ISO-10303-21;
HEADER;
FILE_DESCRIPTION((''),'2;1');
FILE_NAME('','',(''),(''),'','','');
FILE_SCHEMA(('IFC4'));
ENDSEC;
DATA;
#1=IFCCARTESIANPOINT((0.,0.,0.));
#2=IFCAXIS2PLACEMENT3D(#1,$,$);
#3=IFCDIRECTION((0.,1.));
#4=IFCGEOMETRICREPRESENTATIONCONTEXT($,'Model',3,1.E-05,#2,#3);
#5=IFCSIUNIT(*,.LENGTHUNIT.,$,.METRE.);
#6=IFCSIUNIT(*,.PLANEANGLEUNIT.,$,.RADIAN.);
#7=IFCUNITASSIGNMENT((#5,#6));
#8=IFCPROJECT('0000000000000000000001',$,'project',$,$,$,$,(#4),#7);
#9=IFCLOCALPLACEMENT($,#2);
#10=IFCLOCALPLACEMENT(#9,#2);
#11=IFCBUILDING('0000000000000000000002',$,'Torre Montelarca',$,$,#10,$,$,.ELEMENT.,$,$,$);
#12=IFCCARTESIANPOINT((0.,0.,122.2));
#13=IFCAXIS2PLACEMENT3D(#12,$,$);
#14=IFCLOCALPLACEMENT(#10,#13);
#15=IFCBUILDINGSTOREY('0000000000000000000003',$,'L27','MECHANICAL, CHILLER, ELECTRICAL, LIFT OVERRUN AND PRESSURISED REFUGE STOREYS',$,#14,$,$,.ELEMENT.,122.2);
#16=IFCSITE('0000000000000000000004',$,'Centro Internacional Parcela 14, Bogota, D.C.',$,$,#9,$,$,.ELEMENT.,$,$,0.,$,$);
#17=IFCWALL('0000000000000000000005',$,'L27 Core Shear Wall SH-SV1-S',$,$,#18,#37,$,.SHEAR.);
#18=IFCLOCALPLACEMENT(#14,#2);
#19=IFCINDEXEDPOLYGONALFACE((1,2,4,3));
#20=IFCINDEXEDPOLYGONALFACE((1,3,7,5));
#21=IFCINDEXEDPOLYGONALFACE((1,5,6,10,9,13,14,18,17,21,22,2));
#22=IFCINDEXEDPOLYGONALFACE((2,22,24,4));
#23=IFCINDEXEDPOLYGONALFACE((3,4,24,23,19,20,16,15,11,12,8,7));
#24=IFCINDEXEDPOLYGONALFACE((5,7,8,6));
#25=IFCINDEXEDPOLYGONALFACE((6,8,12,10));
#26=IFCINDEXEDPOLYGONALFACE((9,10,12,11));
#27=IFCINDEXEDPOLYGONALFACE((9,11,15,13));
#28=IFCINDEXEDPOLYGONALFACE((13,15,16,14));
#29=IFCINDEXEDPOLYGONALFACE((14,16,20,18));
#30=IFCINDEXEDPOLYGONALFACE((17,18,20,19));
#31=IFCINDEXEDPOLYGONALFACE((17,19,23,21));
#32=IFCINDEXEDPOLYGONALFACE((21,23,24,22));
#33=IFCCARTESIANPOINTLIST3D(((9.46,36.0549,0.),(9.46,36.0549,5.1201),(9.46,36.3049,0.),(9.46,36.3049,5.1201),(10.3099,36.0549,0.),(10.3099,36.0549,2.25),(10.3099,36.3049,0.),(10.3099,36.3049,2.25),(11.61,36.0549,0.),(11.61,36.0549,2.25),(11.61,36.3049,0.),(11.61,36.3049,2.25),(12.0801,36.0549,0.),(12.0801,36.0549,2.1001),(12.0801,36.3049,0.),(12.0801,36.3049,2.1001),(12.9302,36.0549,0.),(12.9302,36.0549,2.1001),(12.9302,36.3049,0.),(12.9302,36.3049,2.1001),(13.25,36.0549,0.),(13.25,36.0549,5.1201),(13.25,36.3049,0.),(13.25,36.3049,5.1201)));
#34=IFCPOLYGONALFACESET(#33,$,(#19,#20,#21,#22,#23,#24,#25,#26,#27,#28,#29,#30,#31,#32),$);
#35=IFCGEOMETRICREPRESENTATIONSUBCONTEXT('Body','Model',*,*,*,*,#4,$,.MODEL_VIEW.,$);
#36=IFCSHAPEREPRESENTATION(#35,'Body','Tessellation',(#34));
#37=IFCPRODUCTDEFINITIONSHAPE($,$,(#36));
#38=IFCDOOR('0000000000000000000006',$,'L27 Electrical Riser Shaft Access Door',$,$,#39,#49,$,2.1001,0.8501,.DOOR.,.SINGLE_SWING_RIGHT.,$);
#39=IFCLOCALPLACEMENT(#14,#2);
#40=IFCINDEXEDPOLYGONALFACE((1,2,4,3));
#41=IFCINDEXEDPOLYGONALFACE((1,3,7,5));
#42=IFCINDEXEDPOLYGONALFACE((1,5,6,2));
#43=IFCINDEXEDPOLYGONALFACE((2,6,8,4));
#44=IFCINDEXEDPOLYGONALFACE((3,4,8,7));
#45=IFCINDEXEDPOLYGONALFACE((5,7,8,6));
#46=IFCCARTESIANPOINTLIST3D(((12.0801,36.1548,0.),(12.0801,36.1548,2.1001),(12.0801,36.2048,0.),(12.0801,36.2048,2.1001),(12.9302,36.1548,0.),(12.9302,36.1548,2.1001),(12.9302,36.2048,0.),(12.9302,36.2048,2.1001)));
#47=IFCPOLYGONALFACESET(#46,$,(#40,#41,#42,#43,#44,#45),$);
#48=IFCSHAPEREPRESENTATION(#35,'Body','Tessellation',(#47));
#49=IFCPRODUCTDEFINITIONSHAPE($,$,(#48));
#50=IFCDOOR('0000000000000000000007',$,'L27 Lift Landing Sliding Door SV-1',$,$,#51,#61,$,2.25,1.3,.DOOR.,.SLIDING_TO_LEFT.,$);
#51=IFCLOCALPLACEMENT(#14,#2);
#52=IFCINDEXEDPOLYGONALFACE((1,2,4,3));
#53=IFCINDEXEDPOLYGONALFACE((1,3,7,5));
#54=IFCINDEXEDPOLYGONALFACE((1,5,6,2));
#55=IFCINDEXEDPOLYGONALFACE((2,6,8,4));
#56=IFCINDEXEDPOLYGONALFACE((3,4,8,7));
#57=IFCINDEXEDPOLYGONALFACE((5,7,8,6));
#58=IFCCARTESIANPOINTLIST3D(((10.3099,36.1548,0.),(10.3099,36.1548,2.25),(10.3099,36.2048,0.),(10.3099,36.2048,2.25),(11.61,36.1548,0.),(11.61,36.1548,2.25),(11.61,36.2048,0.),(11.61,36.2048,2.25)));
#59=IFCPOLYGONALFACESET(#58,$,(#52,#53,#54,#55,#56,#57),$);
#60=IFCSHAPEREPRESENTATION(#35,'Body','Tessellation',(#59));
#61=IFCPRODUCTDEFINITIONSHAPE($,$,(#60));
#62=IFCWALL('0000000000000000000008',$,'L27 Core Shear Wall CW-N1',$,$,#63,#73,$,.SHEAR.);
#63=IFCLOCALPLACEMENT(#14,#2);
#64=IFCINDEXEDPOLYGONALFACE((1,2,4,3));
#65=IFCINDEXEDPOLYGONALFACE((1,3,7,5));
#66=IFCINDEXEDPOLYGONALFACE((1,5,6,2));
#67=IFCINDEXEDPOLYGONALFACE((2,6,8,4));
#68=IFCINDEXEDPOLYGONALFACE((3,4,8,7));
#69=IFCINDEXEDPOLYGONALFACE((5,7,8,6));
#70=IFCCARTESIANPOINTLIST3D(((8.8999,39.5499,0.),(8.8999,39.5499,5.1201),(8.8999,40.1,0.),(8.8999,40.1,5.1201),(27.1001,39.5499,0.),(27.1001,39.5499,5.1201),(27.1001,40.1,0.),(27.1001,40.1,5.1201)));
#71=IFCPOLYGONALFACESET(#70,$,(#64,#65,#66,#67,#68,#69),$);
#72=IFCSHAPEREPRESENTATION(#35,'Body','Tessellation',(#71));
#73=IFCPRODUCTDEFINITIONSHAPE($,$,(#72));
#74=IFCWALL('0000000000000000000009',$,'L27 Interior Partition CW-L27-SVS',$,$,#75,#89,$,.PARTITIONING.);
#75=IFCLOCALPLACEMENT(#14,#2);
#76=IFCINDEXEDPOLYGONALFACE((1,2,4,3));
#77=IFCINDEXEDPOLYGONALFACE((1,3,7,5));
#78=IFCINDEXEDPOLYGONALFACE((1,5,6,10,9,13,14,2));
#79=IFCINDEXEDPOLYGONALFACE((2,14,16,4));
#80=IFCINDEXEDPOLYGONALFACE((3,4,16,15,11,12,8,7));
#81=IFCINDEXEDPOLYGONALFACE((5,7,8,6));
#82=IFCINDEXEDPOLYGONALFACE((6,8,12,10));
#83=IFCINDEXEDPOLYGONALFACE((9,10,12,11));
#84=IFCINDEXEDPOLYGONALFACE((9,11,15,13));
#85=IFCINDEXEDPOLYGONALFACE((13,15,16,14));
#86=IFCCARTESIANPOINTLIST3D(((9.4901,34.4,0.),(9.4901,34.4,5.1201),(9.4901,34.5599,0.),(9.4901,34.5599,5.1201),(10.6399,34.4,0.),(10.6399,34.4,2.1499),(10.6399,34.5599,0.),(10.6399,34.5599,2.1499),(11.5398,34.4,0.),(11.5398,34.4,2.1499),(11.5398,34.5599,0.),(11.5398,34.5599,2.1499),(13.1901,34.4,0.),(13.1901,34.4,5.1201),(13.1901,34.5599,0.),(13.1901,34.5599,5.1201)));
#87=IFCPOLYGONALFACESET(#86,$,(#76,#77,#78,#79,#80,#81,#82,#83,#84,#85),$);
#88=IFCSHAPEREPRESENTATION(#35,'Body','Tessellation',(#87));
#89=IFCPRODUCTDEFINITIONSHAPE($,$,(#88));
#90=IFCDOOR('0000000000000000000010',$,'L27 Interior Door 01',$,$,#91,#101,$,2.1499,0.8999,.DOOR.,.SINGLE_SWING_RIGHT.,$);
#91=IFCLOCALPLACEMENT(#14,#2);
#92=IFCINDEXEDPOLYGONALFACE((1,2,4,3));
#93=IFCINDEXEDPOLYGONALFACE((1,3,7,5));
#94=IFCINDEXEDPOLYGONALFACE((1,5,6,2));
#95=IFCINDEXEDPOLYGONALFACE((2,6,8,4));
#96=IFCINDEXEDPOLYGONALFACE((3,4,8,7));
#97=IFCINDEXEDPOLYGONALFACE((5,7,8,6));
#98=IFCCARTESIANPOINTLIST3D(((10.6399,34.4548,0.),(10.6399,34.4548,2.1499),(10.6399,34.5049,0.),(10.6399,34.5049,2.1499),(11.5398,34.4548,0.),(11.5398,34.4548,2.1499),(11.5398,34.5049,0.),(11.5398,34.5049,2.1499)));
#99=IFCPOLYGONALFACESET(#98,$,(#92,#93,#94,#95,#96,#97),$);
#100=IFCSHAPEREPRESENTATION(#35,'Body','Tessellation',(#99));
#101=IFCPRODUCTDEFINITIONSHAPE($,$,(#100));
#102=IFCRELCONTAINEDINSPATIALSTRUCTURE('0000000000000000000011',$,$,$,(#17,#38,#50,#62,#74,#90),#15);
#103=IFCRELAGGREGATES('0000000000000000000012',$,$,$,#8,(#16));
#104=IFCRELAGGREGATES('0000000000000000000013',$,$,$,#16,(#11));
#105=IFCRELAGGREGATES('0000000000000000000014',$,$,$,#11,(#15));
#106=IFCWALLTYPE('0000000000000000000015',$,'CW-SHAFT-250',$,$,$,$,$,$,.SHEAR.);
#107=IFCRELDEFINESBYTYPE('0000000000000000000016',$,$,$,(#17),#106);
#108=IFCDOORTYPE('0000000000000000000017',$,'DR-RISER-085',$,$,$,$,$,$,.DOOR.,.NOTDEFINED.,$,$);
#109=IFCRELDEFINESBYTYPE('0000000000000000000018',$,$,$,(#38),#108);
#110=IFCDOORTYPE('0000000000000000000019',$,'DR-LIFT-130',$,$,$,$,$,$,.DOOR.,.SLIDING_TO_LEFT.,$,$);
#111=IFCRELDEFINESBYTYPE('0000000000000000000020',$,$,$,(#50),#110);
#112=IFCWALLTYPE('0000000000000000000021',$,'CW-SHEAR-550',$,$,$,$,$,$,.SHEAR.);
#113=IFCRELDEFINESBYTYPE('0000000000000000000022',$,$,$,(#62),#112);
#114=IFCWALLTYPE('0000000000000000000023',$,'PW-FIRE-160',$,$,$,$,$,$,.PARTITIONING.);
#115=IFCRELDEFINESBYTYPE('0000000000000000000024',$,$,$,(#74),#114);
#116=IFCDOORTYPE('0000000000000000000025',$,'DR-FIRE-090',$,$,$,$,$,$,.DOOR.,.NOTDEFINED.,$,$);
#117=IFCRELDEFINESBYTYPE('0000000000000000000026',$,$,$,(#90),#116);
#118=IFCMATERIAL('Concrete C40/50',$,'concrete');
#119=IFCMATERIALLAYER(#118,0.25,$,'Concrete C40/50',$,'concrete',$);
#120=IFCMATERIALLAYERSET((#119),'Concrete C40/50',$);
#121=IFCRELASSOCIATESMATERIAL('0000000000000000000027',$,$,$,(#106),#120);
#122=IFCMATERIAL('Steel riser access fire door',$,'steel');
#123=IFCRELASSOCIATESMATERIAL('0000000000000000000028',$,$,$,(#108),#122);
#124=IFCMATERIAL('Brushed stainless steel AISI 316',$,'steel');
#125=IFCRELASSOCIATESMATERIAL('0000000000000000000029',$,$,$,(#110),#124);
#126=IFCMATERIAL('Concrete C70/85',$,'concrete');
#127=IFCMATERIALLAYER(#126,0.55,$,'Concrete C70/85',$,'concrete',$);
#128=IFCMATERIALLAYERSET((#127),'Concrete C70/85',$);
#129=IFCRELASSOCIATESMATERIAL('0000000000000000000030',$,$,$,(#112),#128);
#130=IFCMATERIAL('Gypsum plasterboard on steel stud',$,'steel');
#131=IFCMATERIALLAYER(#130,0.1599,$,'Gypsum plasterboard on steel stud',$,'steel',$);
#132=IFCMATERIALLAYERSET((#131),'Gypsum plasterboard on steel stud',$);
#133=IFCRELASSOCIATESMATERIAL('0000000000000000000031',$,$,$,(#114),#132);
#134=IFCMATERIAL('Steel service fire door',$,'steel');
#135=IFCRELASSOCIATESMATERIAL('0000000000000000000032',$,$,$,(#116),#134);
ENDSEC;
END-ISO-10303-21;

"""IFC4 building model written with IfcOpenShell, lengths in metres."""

from ifc_helpers import new_model, si_unit, direction, frame, frame_2d, origin, place, context, subcontext, project, spatial, rectangle, extrude, source, transform, mapped, material, layer, layer_set, type_object, element, fill, save


model = new_model("IFC4")

# Units and contexts
model_context = context("Model", 3, precision=1e-05, world=origin(), true_north=direction((0.0, 1.0)))
body_context = subcontext(model_context, "Body", "Model", "MODEL_VIEW")
ifc_project = project(units=[si_unit("LENGTHUNIT", "METRE"), si_unit("PLANEANGLEUNIT", "RADIAN")], contexts=[model_context])

# Site, building, storey
site_placement = place(None, origin())
site = spatial("IfcSite", under=ifc_project, at=site_placement, Name="Centro Internacional Parcela 14, Bogota, D.C.", CompositionType="ELEMENT", RefElevation=0.0)
building_placement = place(site_placement, origin())
building = spatial("IfcBuilding", under=site, at=building_placement, Name="Torre Montelarca", CompositionType="ELEMENT")
storey_placement = place(building_placement, frame((0.0, 0.0, 122.2)))
storey = spatial("IfcBuildingStorey", under=building, at=storey_placement, Name="L27", Description="MECHANICAL, CHILLER, ELECTRICAL, LIFT OVERRUN AND PRESSURISED REFUGE STOREYS", CompositionType="ELEMENT", Elevation=122.2)

# Shared definitions
ifc_material_1 = material(Name="Concrete C70/85", Category="concrete")

# Shared definitions
ifc_material_2 = material(Name="Concrete C40/50", Category="concrete")
ifc_layer_1 = layer(ifc_material_2, 0.25, Name="Concrete C40/50", Category="concrete")
ifc_layer_set_1 = layer_set([ifc_layer_1], Name="Concrete C40/50")
wall_type_1 = type_object("IfcWallType", Name="CW-SHAFT-250", PredefinedType="SHEAR", material=ifc_layer_set_1)

# Wall, openings, doors
wall_1_placement = place(storey_placement, frame((9.46, 36.1799, 0.0), z_axis=(0.0, 0.0, 1.0), x_axis=(1.0, 0.0, 0.0)))
wall_1 = element("IfcWall", 1, at=wall_1_placement, inside=storey, type_object=wall_type_1, Name="L27 Core Shear Wall SH-SV1-S", PredefinedType="SHEAR", context=body_context, shape_type="SweptSolid", body=[
    extrude(rectangle(XDim=3.79, YDim=0.25, at=frame_2d((1.895, 0.0))), origin(), (0.0, 0.0, 1.0), 5.1201),
])
opening_1_placement = place(wall_1_placement, frame((2.6201, 0.0, 0.0)))
opening_1 = element("IfcOpeningElement", 2, at=opening_1_placement, cuts=wall_1, PredefinedType="OPENING", context=body_context, shape_type="SweptSolid", body=[
    extrude(rectangle(XDim=0.8501, YDim=2.1001, at=frame_2d((0.425, 1.05))), frame((0.0, 0.135, 0.0), z_axis=(0.0, -1.0, 0.0), x_axis=(1.0, 0.0, 0.0)), (0.0, 0.0, 1.0), 0.27),
])
opening_2_placement = place(wall_1_placement, frame((0.8501, 0.0, 0.0)))
opening_2 = element("IfcOpeningElement", 3, at=opening_2_placement, cuts=wall_1, PredefinedType="OPENING", context=body_context, shape_type="SweptSolid", body=[
    extrude(rectangle(XDim=1.3, YDim=2.25, at=frame_2d((0.6499, 1.125))), frame((0.0, 0.135, 0.0), z_axis=(0.0, -1.0, 0.0), x_axis=(1.0, 0.0, 0.0)), (0.0, 0.0, 1.0), 0.27),
])
ifc_material_3 = material(Name="Steel riser access fire door", Category="steel")
door_type_1 = type_object("IfcDoorType", Name="DR-RISER-085", OperationType="NOTDEFINED", PredefinedType="DOOR", material=ifc_material_3)
shared_shape_1 = source(origin(), body_context, "Body", "SweptSolid", [
    extrude(rectangle(XDim=0.8501, YDim=2.1001, at=frame_2d((0.425, 1.05))), frame((0.0, 0.0249, 0.0), z_axis=(0.0, -1.0, 0.0), x_axis=(1.0, 0.0, 0.0)), (0.0, 0.0, 1.0), 0.05),
])
door_1_placement = place(opening_1_placement, origin())
door_1 = element("IfcDoor", 4, at=door_1_placement, inside=storey, type_object=door_type_1, Name="L27 Electrical Riser Shaft Access Door", OperationType="SINGLE_SWING_RIGHT", OverallHeight=2.1001, OverallWidth=0.8501, PredefinedType="DOOR", context=body_context, shape_type="MappedRepresentation", body=[
    mapped(shared_shape_1, transform((0.0, 0.0, 0.0), scale=1.0)),
])
fill(opening_1, door_1)
ifc_material_4 = material(Name="Brushed stainless steel AISI 316", Category="steel")
door_type_2 = type_object("IfcDoorType", Name="DR-LIFT-130", OperationType="SLIDING_TO_LEFT", PredefinedType="DOOR", material=ifc_material_4)
shared_shape_2 = source(origin(), body_context, "Body", "SweptSolid", [
    extrude(rectangle(XDim=1.3, YDim=2.25, at=frame_2d((0.6499, 1.125))), frame((0.0, 0.0249, 0.0), z_axis=(0.0, -1.0, 0.0), x_axis=(1.0, 0.0, 0.0)), (0.0, 0.0, 1.0), 0.05),
])
door_2_placement = place(opening_2_placement, origin())
door_2 = element("IfcDoor", 5, at=door_2_placement, inside=storey, type_object=door_type_2, Name="L27 Lift Landing Sliding Door SV-1", OperationType="SLIDING_TO_LEFT", OverallHeight=2.25, OverallWidth=1.3, PredefinedType="DOOR", context=body_context, shape_type="MappedRepresentation", body=[
    mapped(shared_shape_2, transform((0.0, 0.0, 0.0), scale=1.0)),
])
fill(opening_2, door_2)

# Wall
ifc_layer_2 = layer(ifc_material_1, 0.55, Name="Concrete C70/85", Category="concrete")
ifc_layer_set_2 = layer_set([ifc_layer_2], Name="Concrete C70/85")
wall_type_2 = type_object("IfcWallType", Name="CW-SHEAR-550", PredefinedType="SHEAR", material=ifc_layer_set_2)
wall_2_placement = place(storey_placement, frame((8.8999, 39.825, 0.0), z_axis=(0.0, 0.0, 1.0), x_axis=(1.0, 0.0, 0.0)))
element("IfcWall", 6, at=wall_2_placement, inside=storey, type_object=wall_type_2, Name="L27 Core Shear Wall CW-N1", PredefinedType="SHEAR", context=body_context, shape_type="SweptSolid", body=[
    extrude(rectangle(XDim=18.2002, YDim=0.55, at=frame_2d((9.1001, 0.0))), origin(), (0.0, 0.0, 1.0), 5.1201),
])

# Wall, opening, door
ifc_material_5 = material(Name="Gypsum plasterboard on steel stud", Category="steel")
ifc_layer_3 = layer(ifc_material_5, 0.1599, Name="Gypsum plasterboard on steel stud", Category="steel")
ifc_layer_set_3 = layer_set([ifc_layer_3], Name="Gypsum plasterboard on steel stud")
wall_type_3 = type_object("IfcWallType", Name="PW-FIRE-160", PredefinedType="PARTITIONING", material=ifc_layer_set_3)
wall_3_placement = place(storey_placement, frame((9.49, 34.48, 0.0), z_axis=(0.0, 0.0, 1.0), x_axis=(1.0, 0.0, 0.0)))
wall_3 = element("IfcWall", 7, at=wall_3_placement, inside=storey, type_object=wall_type_3, Name="L27 Interior Partition CW-L27-SVS", PredefinedType="PARTITIONING", context=body_context, shape_type="SweptSolid", body=[
    extrude(rectangle(XDim=3.7, YDim=0.1599, at=frame_2d((1.8501, 0.0))), origin(), (0.0, 0.0, 1.0), 5.1201),
])
opening_3_placement = place(wall_3_placement, frame((1.1499, 0.0, 0.0)))
opening_3 = element("IfcOpeningElement", 8, at=opening_3_placement, cuts=wall_3, PredefinedType="OPENING", context=body_context, shape_type="SweptSolid", body=[
    extrude(rectangle(XDim=0.8999, YDim=2.1499, at=frame_2d((0.45, 1.075))), frame((0.0, 0.0898, 0.0), z_axis=(0.0, -1.0, 0.0), x_axis=(1.0, 0.0, 0.0)), (0.0, 0.0, 1.0), 0.1799),
])
ifc_material_6 = material(Name="Steel service fire door", Category="steel")
door_type_3 = type_object("IfcDoorType", Name="DR-FIRE-090", OperationType="NOTDEFINED", PredefinedType="DOOR", material=ifc_material_6)
shared_shape_3 = source(origin(), body_context, "Body", "SweptSolid", [
    extrude(rectangle(XDim=0.8999, YDim=2.1499, at=frame_2d((0.45, 1.075))), frame((0.0, 0.0249, 0.0), z_axis=(0.0, -1.0, 0.0), x_axis=(1.0, 0.0, 0.0)), (0.0, 0.0, 1.0), 0.05),
])
door_3_placement = place(opening_3_placement, origin())
door_3 = element("IfcDoor", 9, at=door_3_placement, inside=storey, type_object=door_type_3, Name="L27 Interior Door 01", OperationType="SINGLE_SWING_RIGHT", OverallHeight=2.1499, OverallWidth=0.8999, PredefinedType="DOOR", context=body_context, shape_type="MappedRepresentation", body=[
    mapped(shared_shape_3, transform((0.0, 0.0, 0.0), scale=1.0)),
])
fill(opening_3, door_3)

save(model, "model.ifc")
